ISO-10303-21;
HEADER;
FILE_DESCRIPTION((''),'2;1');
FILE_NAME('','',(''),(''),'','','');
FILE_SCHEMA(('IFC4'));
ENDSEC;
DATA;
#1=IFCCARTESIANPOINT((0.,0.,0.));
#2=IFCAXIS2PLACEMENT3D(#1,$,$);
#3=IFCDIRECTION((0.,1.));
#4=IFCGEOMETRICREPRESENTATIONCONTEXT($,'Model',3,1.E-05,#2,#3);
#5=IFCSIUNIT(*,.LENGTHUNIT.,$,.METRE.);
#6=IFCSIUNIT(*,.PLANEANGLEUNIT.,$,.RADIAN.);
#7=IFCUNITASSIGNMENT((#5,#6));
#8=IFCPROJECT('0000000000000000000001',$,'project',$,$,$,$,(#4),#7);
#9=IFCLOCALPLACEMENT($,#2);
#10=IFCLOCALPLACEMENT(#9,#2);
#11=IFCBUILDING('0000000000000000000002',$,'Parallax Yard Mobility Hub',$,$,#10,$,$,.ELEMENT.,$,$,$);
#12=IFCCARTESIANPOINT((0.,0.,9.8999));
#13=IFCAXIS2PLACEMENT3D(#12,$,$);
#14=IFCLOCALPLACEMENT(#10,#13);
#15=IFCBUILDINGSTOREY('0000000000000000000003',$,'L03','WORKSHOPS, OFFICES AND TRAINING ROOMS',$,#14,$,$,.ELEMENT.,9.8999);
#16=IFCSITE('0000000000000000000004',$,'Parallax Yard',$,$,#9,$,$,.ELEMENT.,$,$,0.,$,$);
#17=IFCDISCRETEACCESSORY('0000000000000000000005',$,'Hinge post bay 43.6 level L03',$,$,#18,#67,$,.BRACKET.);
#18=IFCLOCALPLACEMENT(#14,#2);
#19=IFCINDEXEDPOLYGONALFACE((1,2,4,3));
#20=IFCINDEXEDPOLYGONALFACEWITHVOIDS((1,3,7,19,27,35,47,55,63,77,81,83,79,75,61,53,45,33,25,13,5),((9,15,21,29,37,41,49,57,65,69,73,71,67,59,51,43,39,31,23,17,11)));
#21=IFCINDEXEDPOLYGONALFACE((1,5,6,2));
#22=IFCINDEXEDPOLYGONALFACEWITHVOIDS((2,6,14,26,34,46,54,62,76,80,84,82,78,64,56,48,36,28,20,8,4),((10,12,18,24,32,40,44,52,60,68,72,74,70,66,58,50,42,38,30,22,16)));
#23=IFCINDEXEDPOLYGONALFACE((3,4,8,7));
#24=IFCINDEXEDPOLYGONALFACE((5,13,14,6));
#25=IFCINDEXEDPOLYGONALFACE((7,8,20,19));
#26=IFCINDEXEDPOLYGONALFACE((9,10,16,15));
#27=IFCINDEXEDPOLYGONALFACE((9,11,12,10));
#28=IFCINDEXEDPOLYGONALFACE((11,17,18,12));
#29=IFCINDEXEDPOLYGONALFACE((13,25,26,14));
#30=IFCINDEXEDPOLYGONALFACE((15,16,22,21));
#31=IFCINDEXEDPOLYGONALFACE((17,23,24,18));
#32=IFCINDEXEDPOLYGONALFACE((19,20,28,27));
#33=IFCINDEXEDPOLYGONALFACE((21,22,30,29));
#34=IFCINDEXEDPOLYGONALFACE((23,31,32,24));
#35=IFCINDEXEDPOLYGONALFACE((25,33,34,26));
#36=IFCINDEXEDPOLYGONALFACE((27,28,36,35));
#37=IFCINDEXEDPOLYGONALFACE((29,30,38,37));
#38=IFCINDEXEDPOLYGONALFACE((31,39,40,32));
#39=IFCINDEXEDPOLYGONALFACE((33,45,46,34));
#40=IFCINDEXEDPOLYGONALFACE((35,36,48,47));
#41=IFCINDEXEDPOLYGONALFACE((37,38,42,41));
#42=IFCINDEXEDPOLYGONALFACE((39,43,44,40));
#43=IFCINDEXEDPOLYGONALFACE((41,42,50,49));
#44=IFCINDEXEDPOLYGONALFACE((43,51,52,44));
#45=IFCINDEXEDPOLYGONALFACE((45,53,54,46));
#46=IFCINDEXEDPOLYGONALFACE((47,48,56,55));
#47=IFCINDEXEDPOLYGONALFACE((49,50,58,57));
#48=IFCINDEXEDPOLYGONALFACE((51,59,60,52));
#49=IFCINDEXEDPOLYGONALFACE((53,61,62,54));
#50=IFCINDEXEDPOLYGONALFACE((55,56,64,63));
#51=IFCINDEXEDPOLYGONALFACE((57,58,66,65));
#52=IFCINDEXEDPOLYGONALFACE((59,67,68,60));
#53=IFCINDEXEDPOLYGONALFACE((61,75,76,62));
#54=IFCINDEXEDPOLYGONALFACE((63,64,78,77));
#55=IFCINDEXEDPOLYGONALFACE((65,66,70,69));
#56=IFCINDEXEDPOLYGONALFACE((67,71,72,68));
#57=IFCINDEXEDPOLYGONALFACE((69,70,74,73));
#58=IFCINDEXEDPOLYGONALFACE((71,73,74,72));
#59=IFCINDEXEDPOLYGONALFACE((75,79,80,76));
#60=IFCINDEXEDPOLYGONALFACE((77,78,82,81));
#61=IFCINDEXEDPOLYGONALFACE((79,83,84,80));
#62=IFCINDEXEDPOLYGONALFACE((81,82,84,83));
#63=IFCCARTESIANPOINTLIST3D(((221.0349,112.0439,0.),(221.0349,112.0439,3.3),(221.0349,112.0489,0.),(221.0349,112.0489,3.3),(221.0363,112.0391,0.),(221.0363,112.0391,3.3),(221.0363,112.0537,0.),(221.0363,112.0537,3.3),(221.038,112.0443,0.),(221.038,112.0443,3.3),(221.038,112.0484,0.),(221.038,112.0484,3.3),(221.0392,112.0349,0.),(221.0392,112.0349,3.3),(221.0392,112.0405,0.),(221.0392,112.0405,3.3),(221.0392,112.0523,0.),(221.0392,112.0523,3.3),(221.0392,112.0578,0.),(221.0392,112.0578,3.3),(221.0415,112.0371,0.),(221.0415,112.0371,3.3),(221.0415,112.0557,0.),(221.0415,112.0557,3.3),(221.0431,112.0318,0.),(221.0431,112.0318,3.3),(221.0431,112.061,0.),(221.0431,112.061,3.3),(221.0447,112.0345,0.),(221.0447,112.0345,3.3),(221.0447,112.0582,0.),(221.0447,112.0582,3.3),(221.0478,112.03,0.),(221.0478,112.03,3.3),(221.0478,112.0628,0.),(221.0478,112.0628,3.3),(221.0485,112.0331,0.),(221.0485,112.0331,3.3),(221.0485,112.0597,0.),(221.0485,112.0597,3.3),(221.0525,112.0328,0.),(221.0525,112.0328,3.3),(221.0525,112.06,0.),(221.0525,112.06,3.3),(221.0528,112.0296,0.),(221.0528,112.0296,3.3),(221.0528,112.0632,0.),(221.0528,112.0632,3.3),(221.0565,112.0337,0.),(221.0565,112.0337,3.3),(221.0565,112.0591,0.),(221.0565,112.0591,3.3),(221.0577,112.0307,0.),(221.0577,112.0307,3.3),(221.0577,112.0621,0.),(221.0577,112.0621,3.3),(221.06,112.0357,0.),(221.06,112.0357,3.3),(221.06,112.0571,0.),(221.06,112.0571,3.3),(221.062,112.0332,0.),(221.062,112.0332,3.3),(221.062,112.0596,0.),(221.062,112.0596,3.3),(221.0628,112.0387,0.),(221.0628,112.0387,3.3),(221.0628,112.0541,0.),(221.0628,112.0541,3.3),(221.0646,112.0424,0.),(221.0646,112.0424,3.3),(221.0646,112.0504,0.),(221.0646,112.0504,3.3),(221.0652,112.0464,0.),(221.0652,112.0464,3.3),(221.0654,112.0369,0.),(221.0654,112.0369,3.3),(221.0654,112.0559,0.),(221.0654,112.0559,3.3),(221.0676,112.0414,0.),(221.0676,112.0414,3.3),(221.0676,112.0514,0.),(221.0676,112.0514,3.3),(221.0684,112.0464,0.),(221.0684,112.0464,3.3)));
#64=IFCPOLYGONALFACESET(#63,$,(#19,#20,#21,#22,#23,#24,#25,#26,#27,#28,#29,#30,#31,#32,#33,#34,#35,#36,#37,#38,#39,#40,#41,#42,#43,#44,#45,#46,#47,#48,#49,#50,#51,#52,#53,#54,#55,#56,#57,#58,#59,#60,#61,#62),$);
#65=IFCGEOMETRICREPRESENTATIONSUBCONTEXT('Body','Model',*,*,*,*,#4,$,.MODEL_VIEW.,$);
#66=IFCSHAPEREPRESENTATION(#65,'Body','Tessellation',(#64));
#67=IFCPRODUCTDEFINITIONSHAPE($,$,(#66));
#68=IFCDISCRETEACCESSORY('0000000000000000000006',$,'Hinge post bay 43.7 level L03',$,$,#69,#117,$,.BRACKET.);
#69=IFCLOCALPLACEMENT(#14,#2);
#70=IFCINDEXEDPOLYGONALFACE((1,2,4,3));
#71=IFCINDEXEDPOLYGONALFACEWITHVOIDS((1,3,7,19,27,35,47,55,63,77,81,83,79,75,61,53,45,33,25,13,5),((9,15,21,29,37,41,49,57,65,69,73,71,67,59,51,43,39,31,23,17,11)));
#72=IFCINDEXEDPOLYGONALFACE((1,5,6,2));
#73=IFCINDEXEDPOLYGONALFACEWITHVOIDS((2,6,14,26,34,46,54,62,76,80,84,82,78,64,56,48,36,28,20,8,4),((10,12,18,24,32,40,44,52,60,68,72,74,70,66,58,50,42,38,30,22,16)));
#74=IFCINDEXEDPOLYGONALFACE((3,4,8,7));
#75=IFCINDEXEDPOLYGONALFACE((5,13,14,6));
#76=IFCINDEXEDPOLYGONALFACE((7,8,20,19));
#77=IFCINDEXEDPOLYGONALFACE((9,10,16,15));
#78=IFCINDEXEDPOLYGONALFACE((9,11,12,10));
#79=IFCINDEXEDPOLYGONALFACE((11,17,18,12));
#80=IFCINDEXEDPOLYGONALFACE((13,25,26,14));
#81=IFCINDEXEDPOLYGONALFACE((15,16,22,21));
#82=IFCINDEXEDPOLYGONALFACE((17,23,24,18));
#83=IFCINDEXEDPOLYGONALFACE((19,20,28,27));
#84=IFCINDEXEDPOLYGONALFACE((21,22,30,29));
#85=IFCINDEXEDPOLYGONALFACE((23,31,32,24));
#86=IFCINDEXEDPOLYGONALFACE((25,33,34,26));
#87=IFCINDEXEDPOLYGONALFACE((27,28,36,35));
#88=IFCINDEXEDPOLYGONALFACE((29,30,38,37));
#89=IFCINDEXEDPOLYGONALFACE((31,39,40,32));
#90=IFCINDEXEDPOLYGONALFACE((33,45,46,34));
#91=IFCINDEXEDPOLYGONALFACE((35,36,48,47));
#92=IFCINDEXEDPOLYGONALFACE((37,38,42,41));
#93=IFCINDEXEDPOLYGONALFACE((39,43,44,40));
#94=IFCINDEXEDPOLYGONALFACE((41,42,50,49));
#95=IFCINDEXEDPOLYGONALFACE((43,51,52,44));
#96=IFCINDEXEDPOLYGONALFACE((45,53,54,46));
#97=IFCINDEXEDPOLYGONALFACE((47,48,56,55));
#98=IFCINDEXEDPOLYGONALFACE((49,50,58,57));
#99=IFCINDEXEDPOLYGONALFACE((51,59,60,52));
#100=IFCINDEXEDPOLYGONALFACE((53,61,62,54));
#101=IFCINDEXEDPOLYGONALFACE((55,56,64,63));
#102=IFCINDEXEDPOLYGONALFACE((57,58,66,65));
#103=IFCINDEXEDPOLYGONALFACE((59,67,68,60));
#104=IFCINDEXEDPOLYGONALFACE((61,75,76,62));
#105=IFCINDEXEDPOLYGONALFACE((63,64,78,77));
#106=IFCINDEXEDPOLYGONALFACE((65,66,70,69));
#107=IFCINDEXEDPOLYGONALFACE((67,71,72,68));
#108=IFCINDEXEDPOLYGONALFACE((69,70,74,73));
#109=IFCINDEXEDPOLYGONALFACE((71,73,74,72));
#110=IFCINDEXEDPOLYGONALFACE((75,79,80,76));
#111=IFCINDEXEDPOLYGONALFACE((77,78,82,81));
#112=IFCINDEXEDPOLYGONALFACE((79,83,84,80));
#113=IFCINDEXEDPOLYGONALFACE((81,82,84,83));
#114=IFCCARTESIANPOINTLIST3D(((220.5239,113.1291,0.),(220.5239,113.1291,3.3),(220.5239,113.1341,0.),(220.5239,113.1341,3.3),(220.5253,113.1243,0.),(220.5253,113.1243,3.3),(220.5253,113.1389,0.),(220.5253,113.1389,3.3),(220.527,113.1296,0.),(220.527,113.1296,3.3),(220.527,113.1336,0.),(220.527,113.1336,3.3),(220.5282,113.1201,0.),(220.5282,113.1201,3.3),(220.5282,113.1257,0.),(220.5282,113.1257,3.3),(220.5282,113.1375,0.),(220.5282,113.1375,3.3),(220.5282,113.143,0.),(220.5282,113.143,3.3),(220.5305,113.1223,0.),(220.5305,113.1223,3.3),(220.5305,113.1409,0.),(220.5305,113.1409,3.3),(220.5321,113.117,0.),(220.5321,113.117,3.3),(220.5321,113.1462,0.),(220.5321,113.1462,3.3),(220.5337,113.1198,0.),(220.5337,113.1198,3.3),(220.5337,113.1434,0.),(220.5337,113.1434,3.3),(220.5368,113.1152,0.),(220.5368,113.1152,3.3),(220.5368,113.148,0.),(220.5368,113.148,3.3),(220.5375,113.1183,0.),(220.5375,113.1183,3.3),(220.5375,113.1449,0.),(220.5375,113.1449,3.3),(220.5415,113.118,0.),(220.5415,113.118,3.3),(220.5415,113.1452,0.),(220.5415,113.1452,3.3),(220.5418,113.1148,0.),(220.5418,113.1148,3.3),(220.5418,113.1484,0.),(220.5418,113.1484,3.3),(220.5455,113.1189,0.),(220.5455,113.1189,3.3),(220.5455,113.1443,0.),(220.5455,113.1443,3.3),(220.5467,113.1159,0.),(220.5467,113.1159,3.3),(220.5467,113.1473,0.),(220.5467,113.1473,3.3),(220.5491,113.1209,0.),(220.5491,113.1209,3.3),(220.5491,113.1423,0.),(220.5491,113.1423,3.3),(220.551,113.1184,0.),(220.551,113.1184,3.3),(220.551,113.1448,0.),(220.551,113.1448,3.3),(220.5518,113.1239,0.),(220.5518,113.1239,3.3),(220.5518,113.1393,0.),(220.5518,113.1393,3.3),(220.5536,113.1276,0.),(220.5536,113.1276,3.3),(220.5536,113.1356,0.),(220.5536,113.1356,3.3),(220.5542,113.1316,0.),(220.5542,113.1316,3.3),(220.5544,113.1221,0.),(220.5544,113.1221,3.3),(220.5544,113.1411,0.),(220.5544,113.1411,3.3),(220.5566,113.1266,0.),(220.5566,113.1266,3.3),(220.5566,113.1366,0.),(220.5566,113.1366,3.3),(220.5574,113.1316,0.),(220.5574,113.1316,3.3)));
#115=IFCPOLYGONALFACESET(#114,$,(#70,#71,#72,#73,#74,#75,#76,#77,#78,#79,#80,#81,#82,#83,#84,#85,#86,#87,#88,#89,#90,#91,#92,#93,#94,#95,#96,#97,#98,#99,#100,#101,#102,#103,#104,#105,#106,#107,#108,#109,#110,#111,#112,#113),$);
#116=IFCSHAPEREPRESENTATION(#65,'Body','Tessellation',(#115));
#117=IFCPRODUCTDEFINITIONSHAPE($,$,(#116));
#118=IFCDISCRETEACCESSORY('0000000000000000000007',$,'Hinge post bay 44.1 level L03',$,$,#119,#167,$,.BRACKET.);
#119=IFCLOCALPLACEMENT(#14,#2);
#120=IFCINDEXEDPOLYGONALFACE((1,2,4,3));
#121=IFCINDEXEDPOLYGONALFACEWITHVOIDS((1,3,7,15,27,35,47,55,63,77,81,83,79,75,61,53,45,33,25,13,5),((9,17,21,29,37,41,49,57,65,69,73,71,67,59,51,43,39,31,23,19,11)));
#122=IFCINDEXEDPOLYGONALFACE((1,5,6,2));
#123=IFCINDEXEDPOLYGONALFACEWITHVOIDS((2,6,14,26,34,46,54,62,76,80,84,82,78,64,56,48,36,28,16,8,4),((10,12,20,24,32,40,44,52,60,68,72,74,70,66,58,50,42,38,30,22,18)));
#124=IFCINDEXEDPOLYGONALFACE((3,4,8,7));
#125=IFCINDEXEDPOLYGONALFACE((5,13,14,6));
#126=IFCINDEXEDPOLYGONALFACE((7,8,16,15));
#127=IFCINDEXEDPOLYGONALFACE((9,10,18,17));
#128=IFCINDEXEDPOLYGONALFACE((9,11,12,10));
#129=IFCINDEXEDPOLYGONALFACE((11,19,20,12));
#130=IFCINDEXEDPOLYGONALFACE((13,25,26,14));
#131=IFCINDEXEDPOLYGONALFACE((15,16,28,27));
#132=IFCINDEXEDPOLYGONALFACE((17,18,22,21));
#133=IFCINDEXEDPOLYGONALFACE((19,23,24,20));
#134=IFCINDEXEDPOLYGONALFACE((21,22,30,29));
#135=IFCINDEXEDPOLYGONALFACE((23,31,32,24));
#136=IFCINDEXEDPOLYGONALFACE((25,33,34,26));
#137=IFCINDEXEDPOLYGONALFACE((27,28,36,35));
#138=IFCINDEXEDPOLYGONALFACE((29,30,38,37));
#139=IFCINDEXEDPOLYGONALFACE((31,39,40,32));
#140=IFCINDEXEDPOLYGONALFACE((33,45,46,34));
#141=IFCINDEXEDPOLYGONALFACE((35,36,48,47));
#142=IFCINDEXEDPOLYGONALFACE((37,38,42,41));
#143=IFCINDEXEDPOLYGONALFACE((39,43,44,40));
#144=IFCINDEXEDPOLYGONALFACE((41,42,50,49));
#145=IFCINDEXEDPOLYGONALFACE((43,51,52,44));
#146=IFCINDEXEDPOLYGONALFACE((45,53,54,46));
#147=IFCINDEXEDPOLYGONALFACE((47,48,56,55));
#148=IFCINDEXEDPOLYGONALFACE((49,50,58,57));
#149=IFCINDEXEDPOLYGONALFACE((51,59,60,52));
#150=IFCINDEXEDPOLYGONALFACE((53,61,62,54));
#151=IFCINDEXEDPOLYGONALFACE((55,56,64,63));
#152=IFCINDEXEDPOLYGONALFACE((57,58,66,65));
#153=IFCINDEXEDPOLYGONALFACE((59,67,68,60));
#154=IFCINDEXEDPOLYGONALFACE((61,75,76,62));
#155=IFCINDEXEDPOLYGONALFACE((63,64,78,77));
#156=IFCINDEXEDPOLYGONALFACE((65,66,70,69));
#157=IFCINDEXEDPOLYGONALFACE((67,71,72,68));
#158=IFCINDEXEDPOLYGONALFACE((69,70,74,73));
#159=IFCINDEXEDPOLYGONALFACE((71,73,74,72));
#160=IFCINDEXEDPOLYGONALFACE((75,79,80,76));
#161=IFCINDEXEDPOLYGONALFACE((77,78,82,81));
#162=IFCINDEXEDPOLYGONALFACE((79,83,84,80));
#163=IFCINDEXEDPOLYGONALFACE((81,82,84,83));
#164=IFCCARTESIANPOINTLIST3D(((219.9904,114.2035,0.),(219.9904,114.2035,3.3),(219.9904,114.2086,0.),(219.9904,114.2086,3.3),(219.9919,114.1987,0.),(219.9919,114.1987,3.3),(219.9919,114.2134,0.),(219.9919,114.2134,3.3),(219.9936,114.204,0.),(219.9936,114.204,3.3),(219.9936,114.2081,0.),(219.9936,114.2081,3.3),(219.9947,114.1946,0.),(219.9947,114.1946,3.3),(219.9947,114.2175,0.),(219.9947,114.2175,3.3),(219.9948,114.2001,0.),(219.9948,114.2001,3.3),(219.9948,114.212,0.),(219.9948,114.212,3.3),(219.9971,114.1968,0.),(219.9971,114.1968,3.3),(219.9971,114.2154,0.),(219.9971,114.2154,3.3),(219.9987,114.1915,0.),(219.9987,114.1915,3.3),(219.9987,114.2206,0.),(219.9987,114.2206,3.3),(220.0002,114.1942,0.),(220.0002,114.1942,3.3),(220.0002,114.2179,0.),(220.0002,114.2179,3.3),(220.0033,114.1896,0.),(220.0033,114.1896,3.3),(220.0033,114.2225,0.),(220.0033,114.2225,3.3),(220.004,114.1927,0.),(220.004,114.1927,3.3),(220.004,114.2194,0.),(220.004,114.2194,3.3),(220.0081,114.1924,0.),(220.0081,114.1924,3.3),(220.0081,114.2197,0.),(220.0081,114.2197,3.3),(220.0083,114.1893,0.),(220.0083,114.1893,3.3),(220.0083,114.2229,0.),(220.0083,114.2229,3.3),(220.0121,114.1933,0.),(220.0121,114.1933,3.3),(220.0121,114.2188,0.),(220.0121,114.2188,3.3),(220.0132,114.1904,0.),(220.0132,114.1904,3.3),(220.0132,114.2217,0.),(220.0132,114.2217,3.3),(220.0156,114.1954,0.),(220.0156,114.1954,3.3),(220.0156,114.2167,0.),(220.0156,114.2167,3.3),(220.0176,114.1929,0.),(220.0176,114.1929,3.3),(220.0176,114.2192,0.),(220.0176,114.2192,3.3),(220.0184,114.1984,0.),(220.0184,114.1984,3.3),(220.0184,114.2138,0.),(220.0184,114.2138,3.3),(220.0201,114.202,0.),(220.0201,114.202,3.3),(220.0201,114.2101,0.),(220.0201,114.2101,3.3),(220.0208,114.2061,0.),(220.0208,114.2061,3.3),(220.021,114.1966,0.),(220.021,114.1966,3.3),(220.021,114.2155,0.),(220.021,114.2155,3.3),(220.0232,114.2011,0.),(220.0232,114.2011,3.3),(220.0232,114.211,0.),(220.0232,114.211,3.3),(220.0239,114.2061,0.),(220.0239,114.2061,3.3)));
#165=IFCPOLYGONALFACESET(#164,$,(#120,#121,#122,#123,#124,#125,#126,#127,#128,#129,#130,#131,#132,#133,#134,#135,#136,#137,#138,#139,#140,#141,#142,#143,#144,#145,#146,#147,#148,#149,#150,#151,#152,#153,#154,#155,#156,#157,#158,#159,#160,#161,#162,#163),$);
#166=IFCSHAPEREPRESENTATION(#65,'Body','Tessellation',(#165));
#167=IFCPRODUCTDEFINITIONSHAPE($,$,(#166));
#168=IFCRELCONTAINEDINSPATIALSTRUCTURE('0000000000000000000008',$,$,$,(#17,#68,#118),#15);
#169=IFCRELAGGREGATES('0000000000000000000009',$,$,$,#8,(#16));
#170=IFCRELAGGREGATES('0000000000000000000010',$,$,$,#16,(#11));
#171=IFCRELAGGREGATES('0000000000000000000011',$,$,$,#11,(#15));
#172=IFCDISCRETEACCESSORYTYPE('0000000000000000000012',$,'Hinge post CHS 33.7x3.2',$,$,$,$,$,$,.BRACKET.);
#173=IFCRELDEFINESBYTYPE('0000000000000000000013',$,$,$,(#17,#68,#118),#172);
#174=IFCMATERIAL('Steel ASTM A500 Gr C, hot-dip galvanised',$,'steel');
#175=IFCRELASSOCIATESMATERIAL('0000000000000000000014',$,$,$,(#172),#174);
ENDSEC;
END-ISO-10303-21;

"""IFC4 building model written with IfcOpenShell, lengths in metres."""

from ifc_helpers import new_model, si_unit, direction, frame, origin, origin_2d, place, context, subcontext, project, spatial, hollow_circle, extrude, material, material_profile, profile_set, type_object, element, save


model = new_model("IFC4")

# Units and contexts
model_context = context("Model", 3, precision=1e-05, world=origin(), true_north=direction((0.0, 1.0)))
body_context = subcontext(model_context, "Body", "Model", "MODEL_VIEW")
ifc_project = project(units=[si_unit("LENGTHUNIT", "METRE"), si_unit("PLANEANGLEUNIT", "RADIAN")], contexts=[model_context])

# Site, building, storey
site_placement = place(None, origin())
site = spatial("IfcSite", under=ifc_project, at=site_placement, Name="Parallax Yard", CompositionType="ELEMENT", RefElevation=0.0)
building_placement = place(site_placement, origin())
building = spatial("IfcBuilding", under=site, at=building_placement, Name="Parallax Yard Mobility Hub", CompositionType="ELEMENT")
storey_placement = place(building_placement, frame((0.0, 0.0, 9.8999)))
storey = spatial("IfcBuildingStorey", under=building, at=storey_placement, Name="L03", Description="WORKSHOPS, OFFICES AND TRAINING ROOMS", CompositionType="ELEMENT", Elevation=9.8999)

# Discrete accessories
ifc_material_1 = material(Name="Steel ASTM A500 Gr C, hot-dip galvanised", Category="steel")
ifc_material_profile_1 = material_profile(ifc_material_1, hollow_circle(Radius=0.0168, WallThickness=0.0032, at=origin_2d()), Name="CHS 33.7x3.2")
ifc_profile_set_1 = profile_set([ifc_material_profile_1], Name="Steel ASTM A500 Gr C, hot-dip galvanised")
discrete_accessory_type_1 = type_object("IfcDiscreteAccessoryType", Name="Hinge post CHS 33.7x3.2", PredefinedType="BRACKET", material=ifc_profile_set_1)
for number, where, z_axis, x_axis, name in (
    (1, (221.0515, 112.0464, 0.0), (0.0, 0.0, 1.0), (1.0, 0.0, 0.0), "Hinge post bay 43.6 level L03"),
    (2, (220.5405, 113.1316, 0.0), (0.0, 0.0, 1.0), (1.0, 0.0, 0.0), "Hinge post bay 43.7 level L03"),
    (3, (220.0071, 114.2061, 0.0), (0.0, 0.0, 1.0), (1.0, 0.0, 0.0), "Hinge post bay 44.1 level L03"),
):
    element("IfcDiscreteAccessory", number, at=place(storey_placement, frame(where, z_axis=z_axis, x_axis=x_axis)), inside=storey, type_object=discrete_accessory_type_1, Name=name, PredefinedType="BRACKET", context=body_context, shape_type="SweptSolid", body=[
        extrude(hollow_circle(Radius=0.0168, WallThickness=0.0032, at=origin_2d()), origin(), (0.0, 0.0, 1.0), 3.3),
    ])

save(model, "model.ifc")
